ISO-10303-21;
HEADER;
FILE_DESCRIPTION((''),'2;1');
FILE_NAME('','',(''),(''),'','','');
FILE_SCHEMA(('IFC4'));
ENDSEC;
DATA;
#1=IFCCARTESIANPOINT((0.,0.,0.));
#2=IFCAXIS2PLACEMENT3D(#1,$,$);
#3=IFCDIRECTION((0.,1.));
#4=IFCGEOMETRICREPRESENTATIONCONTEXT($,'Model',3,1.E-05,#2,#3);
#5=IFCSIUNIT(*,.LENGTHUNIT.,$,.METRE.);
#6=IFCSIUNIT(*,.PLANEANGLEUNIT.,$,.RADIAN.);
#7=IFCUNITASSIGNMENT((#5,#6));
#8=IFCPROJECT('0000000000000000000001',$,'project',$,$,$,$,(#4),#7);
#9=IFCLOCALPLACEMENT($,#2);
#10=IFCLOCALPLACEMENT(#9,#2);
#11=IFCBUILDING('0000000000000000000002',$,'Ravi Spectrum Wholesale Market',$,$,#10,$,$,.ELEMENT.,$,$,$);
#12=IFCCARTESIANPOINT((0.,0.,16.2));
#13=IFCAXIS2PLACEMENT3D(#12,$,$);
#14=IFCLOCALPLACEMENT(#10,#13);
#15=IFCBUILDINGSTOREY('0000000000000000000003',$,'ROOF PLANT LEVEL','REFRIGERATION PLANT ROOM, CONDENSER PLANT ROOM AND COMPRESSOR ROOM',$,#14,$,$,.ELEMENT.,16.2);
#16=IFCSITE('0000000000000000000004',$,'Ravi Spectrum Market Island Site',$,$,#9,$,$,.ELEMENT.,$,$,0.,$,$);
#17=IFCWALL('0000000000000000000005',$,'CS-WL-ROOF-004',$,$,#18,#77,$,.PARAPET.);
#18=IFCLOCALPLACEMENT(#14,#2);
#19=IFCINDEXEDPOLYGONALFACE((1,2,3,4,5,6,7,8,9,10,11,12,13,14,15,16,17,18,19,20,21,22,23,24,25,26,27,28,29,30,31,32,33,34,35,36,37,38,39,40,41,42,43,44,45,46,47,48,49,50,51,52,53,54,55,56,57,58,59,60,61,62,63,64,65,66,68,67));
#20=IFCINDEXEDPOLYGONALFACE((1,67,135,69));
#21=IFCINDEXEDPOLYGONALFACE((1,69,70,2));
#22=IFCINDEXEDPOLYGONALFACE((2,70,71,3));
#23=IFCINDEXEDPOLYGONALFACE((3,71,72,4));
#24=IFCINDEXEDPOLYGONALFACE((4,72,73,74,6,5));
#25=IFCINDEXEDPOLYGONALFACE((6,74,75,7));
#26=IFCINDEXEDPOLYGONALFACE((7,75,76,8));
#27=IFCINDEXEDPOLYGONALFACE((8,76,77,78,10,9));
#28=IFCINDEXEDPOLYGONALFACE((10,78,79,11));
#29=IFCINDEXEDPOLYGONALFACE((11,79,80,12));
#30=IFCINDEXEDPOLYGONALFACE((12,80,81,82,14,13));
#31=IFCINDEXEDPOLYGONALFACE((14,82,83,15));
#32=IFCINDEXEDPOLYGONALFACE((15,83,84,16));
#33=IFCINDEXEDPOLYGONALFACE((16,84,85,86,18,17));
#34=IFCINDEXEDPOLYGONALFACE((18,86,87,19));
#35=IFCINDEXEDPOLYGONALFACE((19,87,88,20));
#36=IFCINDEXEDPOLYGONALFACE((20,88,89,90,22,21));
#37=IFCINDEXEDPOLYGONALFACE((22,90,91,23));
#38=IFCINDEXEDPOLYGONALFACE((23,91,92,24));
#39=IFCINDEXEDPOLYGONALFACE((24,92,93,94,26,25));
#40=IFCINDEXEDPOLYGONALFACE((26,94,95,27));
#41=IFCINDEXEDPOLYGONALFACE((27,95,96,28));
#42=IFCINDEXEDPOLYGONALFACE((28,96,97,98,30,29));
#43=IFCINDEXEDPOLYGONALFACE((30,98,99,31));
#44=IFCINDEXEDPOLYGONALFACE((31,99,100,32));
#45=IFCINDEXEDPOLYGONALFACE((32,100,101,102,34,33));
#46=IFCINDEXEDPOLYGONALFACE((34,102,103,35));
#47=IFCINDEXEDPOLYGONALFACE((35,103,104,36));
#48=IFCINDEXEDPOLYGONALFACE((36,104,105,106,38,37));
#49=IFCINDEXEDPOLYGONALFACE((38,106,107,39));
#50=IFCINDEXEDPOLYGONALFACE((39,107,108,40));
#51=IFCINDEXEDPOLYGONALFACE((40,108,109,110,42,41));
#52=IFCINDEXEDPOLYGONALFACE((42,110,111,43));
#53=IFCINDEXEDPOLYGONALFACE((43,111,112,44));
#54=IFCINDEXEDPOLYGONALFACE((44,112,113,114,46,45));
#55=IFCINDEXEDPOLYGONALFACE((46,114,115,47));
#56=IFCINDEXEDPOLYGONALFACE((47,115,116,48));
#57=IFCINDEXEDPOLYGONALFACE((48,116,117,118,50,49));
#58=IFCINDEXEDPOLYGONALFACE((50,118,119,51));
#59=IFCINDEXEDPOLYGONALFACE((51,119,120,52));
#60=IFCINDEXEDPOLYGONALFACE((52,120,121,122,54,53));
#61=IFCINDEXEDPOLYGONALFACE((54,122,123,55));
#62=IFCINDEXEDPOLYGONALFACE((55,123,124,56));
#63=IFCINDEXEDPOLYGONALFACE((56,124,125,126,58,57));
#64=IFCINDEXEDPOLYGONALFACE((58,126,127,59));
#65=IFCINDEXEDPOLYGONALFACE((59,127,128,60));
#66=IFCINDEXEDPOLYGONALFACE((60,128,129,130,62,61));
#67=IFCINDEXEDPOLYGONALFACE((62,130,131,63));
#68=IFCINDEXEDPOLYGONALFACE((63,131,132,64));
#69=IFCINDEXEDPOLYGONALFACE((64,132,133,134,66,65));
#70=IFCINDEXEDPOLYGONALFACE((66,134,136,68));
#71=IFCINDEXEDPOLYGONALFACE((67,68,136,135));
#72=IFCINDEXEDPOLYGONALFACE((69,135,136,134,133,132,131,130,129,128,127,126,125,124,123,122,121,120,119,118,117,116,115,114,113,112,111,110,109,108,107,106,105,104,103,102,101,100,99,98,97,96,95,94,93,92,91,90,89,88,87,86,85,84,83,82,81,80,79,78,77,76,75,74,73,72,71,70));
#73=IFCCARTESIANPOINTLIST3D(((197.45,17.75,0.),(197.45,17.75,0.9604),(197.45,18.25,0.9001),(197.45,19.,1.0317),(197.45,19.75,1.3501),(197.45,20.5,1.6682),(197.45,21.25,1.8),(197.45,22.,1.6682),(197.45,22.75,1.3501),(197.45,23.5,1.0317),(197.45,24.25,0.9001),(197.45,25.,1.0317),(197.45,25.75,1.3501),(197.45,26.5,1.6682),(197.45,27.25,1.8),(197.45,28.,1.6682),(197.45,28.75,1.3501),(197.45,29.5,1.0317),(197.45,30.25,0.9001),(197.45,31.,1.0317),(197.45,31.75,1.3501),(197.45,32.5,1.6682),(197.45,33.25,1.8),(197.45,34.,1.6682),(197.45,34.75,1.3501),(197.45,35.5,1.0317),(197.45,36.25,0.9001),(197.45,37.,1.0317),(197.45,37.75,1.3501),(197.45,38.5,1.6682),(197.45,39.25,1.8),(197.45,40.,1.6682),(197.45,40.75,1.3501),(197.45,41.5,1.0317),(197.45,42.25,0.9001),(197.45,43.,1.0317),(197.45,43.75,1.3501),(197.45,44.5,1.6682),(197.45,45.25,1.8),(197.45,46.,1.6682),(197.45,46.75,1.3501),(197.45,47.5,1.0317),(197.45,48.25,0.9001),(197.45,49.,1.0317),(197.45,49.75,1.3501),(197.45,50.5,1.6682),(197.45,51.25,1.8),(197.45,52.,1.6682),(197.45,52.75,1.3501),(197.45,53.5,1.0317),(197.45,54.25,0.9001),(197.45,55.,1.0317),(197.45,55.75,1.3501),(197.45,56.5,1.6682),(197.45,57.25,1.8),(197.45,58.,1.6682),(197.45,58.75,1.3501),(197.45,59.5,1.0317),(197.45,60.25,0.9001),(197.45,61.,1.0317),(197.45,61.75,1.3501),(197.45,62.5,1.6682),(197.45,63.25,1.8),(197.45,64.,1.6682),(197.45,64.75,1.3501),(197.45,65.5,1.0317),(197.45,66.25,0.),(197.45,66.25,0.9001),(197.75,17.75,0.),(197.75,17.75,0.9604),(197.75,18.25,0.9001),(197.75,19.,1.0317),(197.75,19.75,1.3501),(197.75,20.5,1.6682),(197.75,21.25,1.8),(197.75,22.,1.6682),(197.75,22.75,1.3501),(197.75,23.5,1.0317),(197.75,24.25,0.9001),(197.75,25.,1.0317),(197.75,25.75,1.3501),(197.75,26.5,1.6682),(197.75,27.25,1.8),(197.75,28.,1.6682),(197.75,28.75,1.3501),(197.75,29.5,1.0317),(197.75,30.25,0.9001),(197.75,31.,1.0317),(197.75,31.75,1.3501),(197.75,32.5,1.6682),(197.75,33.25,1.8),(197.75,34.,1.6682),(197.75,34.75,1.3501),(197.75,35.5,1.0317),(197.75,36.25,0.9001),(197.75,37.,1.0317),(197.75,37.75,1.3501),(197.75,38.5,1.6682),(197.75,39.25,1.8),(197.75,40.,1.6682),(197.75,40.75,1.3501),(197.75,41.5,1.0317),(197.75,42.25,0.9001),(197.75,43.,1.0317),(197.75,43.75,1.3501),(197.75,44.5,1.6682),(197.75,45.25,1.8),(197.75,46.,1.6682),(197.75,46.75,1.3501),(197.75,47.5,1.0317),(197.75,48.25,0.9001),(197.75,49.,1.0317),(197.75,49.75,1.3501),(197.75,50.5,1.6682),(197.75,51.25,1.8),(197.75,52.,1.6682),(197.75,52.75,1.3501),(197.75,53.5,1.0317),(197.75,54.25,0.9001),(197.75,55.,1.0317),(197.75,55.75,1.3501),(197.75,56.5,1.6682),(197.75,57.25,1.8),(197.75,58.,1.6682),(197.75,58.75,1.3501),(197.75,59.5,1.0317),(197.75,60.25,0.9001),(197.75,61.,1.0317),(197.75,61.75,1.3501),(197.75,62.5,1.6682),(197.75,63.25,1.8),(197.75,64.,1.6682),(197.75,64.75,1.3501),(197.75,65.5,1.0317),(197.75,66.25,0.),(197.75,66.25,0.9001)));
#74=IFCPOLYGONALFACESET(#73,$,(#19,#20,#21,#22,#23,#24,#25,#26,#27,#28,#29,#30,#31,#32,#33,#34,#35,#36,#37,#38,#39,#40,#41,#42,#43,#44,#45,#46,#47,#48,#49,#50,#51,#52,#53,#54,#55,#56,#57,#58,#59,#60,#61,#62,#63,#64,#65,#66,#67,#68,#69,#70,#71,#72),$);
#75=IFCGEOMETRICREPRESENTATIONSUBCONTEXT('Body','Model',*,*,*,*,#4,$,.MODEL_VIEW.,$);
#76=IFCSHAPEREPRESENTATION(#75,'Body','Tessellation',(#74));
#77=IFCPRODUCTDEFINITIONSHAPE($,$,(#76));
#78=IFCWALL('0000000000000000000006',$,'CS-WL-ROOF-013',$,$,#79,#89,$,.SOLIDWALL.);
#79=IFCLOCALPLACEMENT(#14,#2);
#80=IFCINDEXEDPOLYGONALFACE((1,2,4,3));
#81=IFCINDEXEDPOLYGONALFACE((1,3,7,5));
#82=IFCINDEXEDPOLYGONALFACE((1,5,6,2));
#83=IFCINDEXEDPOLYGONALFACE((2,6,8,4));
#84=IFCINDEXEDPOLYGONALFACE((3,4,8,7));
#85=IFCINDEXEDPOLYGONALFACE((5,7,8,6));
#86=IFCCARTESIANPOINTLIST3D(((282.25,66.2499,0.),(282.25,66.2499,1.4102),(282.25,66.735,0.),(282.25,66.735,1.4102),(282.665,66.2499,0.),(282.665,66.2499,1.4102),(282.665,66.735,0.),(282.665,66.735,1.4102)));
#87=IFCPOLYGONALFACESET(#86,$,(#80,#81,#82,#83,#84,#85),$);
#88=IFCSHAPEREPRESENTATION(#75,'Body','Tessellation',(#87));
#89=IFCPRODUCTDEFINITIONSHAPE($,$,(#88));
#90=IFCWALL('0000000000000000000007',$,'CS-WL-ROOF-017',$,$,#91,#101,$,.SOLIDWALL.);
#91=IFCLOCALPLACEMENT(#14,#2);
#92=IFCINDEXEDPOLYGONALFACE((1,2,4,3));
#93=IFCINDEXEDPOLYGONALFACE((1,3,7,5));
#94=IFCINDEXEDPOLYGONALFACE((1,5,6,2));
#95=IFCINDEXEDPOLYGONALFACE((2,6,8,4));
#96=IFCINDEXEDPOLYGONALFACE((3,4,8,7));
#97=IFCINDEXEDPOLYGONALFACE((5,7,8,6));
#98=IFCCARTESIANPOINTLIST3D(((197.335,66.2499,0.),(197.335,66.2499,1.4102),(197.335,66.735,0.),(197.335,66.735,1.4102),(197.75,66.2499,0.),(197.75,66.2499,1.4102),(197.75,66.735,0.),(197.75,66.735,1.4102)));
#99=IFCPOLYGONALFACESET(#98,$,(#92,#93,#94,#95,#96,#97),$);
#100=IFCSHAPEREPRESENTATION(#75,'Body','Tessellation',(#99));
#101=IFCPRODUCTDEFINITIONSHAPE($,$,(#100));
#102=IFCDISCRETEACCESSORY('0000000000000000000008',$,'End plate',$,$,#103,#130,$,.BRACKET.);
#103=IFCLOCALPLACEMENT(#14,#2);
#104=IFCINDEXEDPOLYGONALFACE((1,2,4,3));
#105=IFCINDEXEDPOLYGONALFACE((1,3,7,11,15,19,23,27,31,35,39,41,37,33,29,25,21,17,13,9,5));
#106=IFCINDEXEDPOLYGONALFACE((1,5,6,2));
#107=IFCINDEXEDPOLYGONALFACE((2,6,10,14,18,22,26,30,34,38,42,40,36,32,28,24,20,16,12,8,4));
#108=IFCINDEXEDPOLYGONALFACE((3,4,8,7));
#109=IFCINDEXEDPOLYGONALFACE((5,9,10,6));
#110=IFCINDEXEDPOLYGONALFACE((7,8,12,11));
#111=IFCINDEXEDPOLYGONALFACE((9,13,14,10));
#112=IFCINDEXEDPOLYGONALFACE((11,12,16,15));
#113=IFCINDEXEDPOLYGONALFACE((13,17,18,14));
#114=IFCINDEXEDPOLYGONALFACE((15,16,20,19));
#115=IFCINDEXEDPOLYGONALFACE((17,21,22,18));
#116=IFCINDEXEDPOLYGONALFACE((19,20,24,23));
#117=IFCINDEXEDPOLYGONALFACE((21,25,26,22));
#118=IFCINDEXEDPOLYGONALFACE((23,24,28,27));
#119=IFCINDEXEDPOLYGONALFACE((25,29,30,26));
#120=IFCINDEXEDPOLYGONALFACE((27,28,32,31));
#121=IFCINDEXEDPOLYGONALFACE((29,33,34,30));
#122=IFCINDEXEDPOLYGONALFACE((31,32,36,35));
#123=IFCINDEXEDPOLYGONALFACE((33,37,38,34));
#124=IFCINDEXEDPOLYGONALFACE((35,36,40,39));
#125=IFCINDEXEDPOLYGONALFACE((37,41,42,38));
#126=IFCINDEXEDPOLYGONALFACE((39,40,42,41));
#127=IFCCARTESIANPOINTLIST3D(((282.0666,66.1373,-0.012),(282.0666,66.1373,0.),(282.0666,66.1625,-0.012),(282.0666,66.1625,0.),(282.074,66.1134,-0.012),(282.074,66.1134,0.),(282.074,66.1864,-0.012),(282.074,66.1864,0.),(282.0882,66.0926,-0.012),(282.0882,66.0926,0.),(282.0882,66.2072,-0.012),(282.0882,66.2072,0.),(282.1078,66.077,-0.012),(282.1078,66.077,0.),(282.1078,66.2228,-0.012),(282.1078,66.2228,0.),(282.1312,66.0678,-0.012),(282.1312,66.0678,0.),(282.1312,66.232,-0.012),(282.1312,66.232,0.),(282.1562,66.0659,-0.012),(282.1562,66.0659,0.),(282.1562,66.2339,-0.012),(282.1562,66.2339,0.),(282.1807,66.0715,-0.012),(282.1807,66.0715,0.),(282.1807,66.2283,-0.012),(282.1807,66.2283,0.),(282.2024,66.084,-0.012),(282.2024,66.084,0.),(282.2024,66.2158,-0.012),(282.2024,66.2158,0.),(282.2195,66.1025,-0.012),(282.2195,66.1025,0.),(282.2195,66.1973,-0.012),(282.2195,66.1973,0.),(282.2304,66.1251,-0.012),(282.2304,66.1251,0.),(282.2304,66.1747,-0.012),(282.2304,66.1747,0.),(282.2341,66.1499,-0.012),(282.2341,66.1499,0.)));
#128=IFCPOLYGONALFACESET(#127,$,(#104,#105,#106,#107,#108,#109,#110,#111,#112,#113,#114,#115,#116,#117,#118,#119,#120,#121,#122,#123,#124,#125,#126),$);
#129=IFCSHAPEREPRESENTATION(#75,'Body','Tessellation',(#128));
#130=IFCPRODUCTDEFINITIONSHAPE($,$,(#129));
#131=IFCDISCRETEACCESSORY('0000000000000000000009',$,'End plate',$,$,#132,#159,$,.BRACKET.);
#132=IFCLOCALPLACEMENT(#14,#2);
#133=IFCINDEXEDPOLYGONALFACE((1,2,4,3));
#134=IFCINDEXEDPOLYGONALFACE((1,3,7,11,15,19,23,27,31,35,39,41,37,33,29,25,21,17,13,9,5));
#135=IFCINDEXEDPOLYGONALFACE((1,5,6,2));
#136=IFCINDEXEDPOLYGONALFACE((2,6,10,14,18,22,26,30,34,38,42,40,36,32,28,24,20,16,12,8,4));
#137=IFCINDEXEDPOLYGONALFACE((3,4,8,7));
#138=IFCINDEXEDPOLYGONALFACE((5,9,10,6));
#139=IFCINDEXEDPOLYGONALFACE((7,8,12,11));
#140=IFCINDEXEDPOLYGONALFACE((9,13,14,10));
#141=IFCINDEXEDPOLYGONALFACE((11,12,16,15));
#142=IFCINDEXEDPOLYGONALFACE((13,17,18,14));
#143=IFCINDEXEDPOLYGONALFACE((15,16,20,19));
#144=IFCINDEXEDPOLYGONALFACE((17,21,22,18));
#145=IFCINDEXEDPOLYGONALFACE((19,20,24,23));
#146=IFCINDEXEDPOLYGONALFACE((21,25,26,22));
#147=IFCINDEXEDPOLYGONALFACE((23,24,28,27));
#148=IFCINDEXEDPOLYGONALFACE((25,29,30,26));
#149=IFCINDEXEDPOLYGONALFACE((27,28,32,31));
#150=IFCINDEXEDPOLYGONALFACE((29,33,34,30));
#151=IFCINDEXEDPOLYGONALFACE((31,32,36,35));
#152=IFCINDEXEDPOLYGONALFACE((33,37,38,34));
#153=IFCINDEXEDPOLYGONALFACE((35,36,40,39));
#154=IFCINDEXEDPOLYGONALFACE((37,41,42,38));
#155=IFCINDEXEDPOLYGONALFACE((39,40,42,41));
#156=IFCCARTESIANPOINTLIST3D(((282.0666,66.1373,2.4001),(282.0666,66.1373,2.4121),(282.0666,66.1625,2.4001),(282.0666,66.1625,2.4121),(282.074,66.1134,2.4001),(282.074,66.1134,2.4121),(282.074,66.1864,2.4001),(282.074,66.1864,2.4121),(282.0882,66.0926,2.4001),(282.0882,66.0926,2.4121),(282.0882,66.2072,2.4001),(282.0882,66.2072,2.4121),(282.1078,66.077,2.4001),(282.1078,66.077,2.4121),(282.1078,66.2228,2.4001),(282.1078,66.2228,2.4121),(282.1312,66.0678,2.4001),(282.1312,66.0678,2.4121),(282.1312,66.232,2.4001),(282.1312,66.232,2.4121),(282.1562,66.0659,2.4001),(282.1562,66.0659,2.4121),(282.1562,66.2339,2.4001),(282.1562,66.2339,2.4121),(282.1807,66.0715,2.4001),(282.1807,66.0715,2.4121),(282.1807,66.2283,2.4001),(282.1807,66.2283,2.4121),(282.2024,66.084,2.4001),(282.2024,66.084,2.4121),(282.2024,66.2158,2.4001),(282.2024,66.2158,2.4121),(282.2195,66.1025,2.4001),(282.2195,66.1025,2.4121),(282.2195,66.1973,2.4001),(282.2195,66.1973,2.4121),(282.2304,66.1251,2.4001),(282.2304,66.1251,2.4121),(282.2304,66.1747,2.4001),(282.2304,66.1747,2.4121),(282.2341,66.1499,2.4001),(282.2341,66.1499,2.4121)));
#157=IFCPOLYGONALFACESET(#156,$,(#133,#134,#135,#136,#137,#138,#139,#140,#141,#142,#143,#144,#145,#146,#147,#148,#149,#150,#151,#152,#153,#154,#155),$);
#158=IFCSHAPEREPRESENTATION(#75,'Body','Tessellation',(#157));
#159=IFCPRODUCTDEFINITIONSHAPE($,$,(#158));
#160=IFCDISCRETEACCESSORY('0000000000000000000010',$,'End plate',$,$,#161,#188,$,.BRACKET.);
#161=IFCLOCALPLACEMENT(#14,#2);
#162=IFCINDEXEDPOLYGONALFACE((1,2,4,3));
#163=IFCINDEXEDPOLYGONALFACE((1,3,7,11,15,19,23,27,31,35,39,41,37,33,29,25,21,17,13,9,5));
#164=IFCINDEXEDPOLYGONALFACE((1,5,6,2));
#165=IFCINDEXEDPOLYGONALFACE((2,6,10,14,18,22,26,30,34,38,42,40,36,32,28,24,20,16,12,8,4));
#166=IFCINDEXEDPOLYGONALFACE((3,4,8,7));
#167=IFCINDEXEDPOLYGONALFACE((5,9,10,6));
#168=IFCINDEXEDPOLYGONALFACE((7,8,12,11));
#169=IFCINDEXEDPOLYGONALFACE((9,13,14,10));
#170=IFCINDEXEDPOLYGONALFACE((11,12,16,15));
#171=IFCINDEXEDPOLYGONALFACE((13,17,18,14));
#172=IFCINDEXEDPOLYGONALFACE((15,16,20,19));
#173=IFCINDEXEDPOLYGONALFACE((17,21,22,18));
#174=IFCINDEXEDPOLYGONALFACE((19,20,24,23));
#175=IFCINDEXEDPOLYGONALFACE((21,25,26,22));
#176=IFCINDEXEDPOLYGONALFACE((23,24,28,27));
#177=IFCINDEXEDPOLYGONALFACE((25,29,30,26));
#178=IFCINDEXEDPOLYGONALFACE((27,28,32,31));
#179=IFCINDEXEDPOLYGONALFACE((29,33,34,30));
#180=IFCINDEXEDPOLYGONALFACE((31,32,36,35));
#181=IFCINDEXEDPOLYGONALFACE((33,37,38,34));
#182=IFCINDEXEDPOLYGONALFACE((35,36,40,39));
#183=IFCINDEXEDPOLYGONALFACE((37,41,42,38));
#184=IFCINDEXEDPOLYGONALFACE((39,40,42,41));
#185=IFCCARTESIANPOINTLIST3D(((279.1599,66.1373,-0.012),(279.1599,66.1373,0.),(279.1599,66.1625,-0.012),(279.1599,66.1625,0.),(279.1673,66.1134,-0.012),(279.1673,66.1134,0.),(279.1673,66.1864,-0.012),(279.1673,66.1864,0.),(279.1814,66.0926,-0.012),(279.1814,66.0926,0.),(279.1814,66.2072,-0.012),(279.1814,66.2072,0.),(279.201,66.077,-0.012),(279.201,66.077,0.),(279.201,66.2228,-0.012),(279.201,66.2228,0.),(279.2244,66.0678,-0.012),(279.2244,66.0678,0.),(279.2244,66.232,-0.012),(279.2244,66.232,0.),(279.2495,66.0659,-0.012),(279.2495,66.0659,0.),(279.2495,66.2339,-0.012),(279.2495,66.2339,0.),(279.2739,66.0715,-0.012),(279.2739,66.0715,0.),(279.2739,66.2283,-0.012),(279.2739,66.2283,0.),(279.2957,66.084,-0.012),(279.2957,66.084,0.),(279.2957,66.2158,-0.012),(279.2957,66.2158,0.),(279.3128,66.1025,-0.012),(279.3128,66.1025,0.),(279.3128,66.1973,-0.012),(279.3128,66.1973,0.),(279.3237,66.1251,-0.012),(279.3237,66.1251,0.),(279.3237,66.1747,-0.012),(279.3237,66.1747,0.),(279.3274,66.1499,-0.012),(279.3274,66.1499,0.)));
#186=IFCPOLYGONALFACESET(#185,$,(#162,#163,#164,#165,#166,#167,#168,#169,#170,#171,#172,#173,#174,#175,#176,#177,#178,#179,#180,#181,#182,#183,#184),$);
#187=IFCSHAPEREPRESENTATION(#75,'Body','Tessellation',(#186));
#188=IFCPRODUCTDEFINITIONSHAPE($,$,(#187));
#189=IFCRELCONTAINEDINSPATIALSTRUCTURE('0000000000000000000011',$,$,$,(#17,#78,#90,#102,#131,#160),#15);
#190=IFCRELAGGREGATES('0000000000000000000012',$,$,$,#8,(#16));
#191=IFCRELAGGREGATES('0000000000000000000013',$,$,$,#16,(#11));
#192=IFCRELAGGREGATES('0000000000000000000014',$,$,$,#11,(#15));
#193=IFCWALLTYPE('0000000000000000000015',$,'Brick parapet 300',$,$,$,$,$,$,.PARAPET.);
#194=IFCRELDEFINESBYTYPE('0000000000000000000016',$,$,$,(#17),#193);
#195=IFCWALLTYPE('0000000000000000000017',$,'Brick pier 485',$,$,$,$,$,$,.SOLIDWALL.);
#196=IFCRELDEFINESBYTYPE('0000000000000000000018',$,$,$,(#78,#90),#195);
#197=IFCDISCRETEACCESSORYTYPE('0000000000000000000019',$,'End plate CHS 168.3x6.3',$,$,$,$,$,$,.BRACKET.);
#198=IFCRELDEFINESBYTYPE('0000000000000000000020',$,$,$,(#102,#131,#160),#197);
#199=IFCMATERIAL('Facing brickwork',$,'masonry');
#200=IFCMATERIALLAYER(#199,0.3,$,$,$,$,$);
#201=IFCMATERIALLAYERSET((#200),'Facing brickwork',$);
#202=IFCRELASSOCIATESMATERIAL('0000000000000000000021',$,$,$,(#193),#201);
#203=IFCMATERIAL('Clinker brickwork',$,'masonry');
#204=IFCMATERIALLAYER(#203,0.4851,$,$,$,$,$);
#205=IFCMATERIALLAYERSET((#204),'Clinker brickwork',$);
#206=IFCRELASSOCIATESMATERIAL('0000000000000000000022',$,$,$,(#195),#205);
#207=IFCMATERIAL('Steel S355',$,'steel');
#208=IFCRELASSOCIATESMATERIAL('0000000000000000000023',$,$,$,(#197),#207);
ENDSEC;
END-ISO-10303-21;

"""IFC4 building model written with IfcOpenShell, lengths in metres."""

from ifc_helpers import new_model, si_unit, direction, frame, frame_2d, origin, origin_2d, place, context, subcontext, project, spatial, polyline, rectangle, circle, outline, extrude, material, layer, layer_set, material_profile, profile_set, type_object, element, save


model = new_model("IFC4")

# Units and contexts
model_context = context("Model", 3, precision=1e-05, world=origin(), true_north=direction((0.0, 1.0)))
body_context = subcontext(model_context, "Body", "Model", "MODEL_VIEW")
ifc_project = project(units=[si_unit("LENGTHUNIT", "METRE"), si_unit("PLANEANGLEUNIT", "RADIAN")], contexts=[model_context])

# Site, building, storey
site_placement = place(None, origin())
site = spatial("IfcSite", under=ifc_project, at=site_placement, Name="Ravi Spectrum Market Island Site", CompositionType="ELEMENT", RefElevation=0.0)
building_placement = place(site_placement, origin())
building = spatial("IfcBuilding", under=site, at=building_placement, Name="Ravi Spectrum Wholesale Market", CompositionType="ELEMENT")
storey_placement = place(building_placement, frame((0.0, 0.0, 16.2)))
storey = spatial("IfcBuildingStorey", under=building, at=storey_placement, Name="ROOF PLANT LEVEL", Description="REFRIGERATION PLANT ROOM, CONDENSER PLANT ROOM AND COMPRESSOR ROOM", CompositionType="ELEMENT", Elevation=16.2)

# Walls
ifc_material_1 = material(Name="Facing brickwork", Category="masonry")
ifc_layer_1 = layer(ifc_material_1, 0.3)
ifc_layer_set_1 = layer_set([ifc_layer_1], Name="Facing brickwork")
wall_type_1 = type_object("IfcWallType", Name="Brick parapet 300", PredefinedType="PARAPET", material=ifc_layer_set_1)
wall_1_placement = place(storey_placement, frame((197.6001, 66.25, 0.0), z_axis=(0.0, 0.0, 1.0), x_axis=(0.0, -1.0, 0.0)))
element("IfcWall", 1, at=wall_1_placement, inside=storey, type_object=wall_type_1, Name="CS-WL-ROOF-004", PredefinedType="PARAPET", context=body_context, shape_type="SweptSolid", body=[
    extrude(outline(polyline([(0.0, 0.0), (48.5, 0.0), (48.5, 0.9604), (48.0, 0.9001), (47.25, 1.0317), (46.5, 1.3501), (45.75, 1.6682), (45.0, 1.8), (44.25, 1.6682), (43.5, 1.3501), (42.75, 1.0317), (42.0, 0.9001), (41.25, 1.0317), (40.5, 1.3501), (39.75, 1.6682), (39.0, 1.8), (38.25, 1.6682), (37.5, 1.3501), (36.75, 1.0317), (36.0, 0.9001), (35.25, 1.0317), (34.5, 1.3501), (33.75, 1.6682), (33.0, 1.8), (32.25, 1.6682), (31.5, 1.3501), (30.75, 1.0317), (30.0, 0.9001), (29.25, 1.0317), (28.5, 1.3501), (27.75, 1.6682), (27.0, 1.8), (26.25, 1.6682), (25.5, 1.3501), (24.75, 1.0317), (24.0, 0.9001), (23.25, 1.0317), (22.5, 1.3501), (21.75, 1.6682), (21.0, 1.8), (20.25, 1.6682), (19.5, 1.3501), (18.75, 1.0317), (18.0, 0.9001), (17.25, 1.0317), (16.5, 1.3501), (15.75, 1.6682), (15.0, 1.8), (14.25, 1.6682), (13.5, 1.3501), (12.75, 1.0317), (12.0, 0.9001), (11.25, 1.0317), (10.5, 1.3501), (9.75, 1.6682), (9.0, 1.8), (8.25, 1.6682), (7.5, 1.3501), (6.75, 1.0317), (6.0, 0.9001), (5.25, 1.0317), (4.5, 1.3501), (3.75, 1.6682), (3.0, 1.8), (2.25, 1.6682), (1.5, 1.3501), (0.75, 1.0317), (0.0, 0.9001), (0.0, 0.0)])), frame((0.0, 0.1499, 0.0), z_axis=(0.0, -1.0, 0.0), x_axis=(1.0, 0.0, 0.0)), (0.0, 0.0, 1.0), 0.3),
])
ifc_material_2 = material(Name="Clinker brickwork", Category="masonry")
ifc_layer_2 = layer(ifc_material_2, 0.4851)
ifc_layer_set_2 = layer_set([ifc_layer_2], Name="Clinker brickwork")
wall_type_2 = type_object("IfcWallType", Name="Brick pier 485", PredefinedType="SOLIDWALL", material=ifc_layer_set_2)
for number, where, z_axis, x_axis, name in (
    (2, (282.25, 66.4924, 0.0), (0.0, 0.0, 1.0), (1.0, 0.0, 0.0), "CS-WL-ROOF-013"),
    (3, (197.75, 66.4924, 0.0), (0.0, 0.0, 1.0), (-1.0, 0.0, 0.0), "CS-WL-ROOF-017"),
):
    element("IfcWall", number, at=place(storey_placement, frame(where, z_axis=z_axis, x_axis=x_axis)), inside=storey, type_object=wall_type_2, Name=name, PredefinedType="SOLIDWALL", context=body_context, shape_type="SweptSolid", body=[
        extrude(rectangle(XDim=0.415, YDim=0.4851, at=frame_2d((0.2075, 0.0))), origin(), (0.0, 0.0, 1.0), 1.4102),
    ])

# Discrete accessories
ifc_material_3 = material(Name="Steel S355", Category="steel")
ifc_material_profile_1 = material_profile(ifc_material_3, circle(Radius=0.0842, at=origin_2d()))
ifc_profile_set_1 = profile_set([ifc_material_profile_1], Name="Steel S355")
discrete_accessory_type = type_object("IfcDiscreteAccessoryType", Name="End plate CHS 168.3x6.3", PredefinedType="BRACKET", material=ifc_profile_set_1)
for number, where, z_axis, x_axis, name in (
    (4, (282.1499, 66.1499, 0.0), (0.0, 0.0, -1.0), (1.0, 0.0, 0.0), "End plate"),
    (5, (282.1499, 66.1499, 2.4001), (0.0, 0.0, 1.0), (1.0, 0.0, 0.0), "End plate"),
    (6, (279.2432, 66.1499, 0.0), (0.0, 0.0, -1.0), (1.0, 0.0, 0.0), "End plate"),
):
    element("IfcDiscreteAccessory", number, at=place(storey_placement, frame(where, z_axis=z_axis, x_axis=x_axis)), inside=storey, type_object=discrete_accessory_type, Name=name, PredefinedType="BRACKET", context=body_context, shape_type="SweptSolid", body=[
        extrude(circle(Radius=0.0842, at=origin_2d()), origin(), (0.0, 0.0, 1.0), 0.012),
    ])

save(model, "model.ifc")
